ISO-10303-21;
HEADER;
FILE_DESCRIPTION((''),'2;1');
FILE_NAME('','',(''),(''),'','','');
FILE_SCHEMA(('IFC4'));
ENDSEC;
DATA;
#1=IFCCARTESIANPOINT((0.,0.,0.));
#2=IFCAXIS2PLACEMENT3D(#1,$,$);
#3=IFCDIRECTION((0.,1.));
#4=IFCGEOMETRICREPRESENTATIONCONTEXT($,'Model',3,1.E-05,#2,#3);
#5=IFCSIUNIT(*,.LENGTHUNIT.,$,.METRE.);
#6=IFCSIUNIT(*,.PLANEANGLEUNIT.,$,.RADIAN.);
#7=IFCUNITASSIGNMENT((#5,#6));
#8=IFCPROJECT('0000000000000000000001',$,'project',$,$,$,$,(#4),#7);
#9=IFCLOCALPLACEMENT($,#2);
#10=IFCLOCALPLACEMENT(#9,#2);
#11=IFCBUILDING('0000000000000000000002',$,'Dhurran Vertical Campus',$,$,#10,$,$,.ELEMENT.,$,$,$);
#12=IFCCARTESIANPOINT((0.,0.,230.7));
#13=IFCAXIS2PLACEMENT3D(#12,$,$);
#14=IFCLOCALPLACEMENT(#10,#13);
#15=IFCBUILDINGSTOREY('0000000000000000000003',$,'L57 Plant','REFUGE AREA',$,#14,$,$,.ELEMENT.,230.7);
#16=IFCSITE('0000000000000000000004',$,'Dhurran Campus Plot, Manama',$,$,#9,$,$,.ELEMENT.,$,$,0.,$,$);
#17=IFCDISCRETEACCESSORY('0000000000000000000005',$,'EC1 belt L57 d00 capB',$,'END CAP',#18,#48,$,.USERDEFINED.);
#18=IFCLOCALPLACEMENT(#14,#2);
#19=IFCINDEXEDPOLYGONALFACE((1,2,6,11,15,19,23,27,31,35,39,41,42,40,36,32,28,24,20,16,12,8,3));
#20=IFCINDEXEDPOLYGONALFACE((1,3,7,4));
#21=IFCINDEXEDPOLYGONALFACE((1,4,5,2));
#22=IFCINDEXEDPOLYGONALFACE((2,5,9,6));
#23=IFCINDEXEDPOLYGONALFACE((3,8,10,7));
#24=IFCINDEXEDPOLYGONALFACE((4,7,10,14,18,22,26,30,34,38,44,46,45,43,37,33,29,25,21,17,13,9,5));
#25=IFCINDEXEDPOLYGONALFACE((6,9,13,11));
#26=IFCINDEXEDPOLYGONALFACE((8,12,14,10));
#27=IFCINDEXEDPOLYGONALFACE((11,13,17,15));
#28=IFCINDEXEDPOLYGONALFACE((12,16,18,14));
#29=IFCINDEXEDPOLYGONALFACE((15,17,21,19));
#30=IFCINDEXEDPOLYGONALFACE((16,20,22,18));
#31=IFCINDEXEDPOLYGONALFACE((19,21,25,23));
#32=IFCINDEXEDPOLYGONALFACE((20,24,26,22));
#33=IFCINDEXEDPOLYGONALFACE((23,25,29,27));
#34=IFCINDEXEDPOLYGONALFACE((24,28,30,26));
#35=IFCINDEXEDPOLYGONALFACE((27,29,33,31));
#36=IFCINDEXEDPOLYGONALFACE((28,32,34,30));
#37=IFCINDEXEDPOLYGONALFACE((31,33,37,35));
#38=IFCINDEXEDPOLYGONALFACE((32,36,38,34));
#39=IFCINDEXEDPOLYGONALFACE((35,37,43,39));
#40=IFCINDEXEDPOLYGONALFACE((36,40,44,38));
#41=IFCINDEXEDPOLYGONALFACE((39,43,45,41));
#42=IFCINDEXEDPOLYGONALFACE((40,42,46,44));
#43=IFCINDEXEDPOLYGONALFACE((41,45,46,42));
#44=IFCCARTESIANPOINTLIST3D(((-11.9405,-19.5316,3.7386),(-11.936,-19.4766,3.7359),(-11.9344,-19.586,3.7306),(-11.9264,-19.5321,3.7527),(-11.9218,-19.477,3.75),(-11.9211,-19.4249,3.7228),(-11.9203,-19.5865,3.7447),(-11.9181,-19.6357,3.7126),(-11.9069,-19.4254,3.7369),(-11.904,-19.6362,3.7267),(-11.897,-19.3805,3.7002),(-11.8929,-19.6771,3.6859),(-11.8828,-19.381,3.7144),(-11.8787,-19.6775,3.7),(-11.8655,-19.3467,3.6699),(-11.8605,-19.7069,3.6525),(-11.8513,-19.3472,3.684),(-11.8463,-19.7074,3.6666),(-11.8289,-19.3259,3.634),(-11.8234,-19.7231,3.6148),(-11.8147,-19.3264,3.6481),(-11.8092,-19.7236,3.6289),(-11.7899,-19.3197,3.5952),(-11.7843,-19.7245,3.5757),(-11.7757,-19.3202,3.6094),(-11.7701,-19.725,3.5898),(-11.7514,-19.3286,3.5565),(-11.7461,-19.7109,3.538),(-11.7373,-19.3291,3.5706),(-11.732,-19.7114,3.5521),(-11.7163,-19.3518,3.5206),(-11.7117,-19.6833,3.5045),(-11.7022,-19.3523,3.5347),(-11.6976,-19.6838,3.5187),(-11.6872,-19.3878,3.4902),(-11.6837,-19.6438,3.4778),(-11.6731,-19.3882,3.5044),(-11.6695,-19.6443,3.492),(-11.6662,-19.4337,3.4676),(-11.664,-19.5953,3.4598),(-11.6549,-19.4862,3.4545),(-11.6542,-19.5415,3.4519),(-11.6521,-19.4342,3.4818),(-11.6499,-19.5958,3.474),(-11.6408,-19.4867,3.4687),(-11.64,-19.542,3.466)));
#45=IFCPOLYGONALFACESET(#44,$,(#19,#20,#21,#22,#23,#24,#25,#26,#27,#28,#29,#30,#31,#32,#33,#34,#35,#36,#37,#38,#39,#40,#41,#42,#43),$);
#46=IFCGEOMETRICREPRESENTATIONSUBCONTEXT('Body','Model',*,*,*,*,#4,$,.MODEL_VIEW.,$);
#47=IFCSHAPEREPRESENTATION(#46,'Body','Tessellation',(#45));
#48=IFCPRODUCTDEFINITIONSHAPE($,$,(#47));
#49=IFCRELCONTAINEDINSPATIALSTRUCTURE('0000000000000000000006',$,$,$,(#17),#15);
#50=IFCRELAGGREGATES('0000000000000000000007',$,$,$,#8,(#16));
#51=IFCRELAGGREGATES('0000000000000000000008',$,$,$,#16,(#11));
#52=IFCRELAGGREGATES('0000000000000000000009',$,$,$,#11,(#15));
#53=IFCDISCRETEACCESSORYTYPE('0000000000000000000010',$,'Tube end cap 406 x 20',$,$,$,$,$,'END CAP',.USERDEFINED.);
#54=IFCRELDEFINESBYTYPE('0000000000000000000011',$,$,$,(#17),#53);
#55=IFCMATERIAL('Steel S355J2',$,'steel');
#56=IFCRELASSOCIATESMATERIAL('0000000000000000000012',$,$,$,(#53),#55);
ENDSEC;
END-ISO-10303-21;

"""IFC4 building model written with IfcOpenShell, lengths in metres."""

from ifc_helpers import new_model, si_unit, direction, frame, origin, origin_2d, place, context, subcontext, project, spatial, circle, extrude, material, material_profile, profile_set, type_object, element, save


model = new_model("IFC4")

# Units and contexts
model_context = context("Model", 3, precision=1e-05, world=origin(), true_north=direction((0.0, 1.0)))
body_context = subcontext(model_context, "Body", "Model", "MODEL_VIEW")
ifc_project = project(units=[si_unit("LENGTHUNIT", "METRE"), si_unit("PLANEANGLEUNIT", "RADIAN")], contexts=[model_context])

# Site, building, storey
site_placement = place(None, origin())
site = spatial("IfcSite", under=ifc_project, at=site_placement, Name="Dhurran Campus Plot, Manama", CompositionType="ELEMENT", RefElevation=0.0)
building_placement = place(site_placement, origin())
building = spatial("IfcBuilding", under=site, at=building_placement, Name="Dhurran Vertical Campus", CompositionType="ELEMENT")
storey_placement = place(building_placement, frame((0.0, 0.0, 230.7)))
storey = spatial("IfcBuildingStorey", under=building, at=storey_placement, Name="L57 Plant", Description="REFUGE AREA", CompositionType="ELEMENT", Elevation=230.7)

# Discrete accessory
ifc_material_1 = material(Name="Steel S355J2", Category="steel")
ifc_material_profile_1 = material_profile(ifc_material_1, circle(Radius=0.2031, at=origin_2d()), Name="Tube end cap 406 x 20")
ifc_profile_set_1 = profile_set([ifc_material_profile_1], Name="Steel S355J2")
discrete_accessory_type = type_object("IfcDiscreteAccessoryType", Name="Tube end cap 406 x 20", ElementType="END CAP", PredefinedType="USERDEFINED", material=ifc_profile_set_1)
for number, where, z_axis, x_axis, name in (
    (1, (-11.7969, -19.5227, 3.5952), (0.706897, -0.024376, 0.706897), (0.034462, 0.999406, 0.0), "EC1 belt L57 d00 capB"),
):
    element("IfcDiscreteAccessory", number, at=place(storey_placement, frame(where, z_axis=z_axis, x_axis=x_axis)), inside=storey, type_object=discrete_accessory_type, Name=name, ObjectType="END CAP", PredefinedType="USERDEFINED", context=body_context, shape_type="SweptSolid", body=[
        extrude(circle(Radius=0.2031, at=origin_2d()), origin(), (0.0, 0.0, 1.0), 0.02),
    ])

save(model, "model.ifc")
